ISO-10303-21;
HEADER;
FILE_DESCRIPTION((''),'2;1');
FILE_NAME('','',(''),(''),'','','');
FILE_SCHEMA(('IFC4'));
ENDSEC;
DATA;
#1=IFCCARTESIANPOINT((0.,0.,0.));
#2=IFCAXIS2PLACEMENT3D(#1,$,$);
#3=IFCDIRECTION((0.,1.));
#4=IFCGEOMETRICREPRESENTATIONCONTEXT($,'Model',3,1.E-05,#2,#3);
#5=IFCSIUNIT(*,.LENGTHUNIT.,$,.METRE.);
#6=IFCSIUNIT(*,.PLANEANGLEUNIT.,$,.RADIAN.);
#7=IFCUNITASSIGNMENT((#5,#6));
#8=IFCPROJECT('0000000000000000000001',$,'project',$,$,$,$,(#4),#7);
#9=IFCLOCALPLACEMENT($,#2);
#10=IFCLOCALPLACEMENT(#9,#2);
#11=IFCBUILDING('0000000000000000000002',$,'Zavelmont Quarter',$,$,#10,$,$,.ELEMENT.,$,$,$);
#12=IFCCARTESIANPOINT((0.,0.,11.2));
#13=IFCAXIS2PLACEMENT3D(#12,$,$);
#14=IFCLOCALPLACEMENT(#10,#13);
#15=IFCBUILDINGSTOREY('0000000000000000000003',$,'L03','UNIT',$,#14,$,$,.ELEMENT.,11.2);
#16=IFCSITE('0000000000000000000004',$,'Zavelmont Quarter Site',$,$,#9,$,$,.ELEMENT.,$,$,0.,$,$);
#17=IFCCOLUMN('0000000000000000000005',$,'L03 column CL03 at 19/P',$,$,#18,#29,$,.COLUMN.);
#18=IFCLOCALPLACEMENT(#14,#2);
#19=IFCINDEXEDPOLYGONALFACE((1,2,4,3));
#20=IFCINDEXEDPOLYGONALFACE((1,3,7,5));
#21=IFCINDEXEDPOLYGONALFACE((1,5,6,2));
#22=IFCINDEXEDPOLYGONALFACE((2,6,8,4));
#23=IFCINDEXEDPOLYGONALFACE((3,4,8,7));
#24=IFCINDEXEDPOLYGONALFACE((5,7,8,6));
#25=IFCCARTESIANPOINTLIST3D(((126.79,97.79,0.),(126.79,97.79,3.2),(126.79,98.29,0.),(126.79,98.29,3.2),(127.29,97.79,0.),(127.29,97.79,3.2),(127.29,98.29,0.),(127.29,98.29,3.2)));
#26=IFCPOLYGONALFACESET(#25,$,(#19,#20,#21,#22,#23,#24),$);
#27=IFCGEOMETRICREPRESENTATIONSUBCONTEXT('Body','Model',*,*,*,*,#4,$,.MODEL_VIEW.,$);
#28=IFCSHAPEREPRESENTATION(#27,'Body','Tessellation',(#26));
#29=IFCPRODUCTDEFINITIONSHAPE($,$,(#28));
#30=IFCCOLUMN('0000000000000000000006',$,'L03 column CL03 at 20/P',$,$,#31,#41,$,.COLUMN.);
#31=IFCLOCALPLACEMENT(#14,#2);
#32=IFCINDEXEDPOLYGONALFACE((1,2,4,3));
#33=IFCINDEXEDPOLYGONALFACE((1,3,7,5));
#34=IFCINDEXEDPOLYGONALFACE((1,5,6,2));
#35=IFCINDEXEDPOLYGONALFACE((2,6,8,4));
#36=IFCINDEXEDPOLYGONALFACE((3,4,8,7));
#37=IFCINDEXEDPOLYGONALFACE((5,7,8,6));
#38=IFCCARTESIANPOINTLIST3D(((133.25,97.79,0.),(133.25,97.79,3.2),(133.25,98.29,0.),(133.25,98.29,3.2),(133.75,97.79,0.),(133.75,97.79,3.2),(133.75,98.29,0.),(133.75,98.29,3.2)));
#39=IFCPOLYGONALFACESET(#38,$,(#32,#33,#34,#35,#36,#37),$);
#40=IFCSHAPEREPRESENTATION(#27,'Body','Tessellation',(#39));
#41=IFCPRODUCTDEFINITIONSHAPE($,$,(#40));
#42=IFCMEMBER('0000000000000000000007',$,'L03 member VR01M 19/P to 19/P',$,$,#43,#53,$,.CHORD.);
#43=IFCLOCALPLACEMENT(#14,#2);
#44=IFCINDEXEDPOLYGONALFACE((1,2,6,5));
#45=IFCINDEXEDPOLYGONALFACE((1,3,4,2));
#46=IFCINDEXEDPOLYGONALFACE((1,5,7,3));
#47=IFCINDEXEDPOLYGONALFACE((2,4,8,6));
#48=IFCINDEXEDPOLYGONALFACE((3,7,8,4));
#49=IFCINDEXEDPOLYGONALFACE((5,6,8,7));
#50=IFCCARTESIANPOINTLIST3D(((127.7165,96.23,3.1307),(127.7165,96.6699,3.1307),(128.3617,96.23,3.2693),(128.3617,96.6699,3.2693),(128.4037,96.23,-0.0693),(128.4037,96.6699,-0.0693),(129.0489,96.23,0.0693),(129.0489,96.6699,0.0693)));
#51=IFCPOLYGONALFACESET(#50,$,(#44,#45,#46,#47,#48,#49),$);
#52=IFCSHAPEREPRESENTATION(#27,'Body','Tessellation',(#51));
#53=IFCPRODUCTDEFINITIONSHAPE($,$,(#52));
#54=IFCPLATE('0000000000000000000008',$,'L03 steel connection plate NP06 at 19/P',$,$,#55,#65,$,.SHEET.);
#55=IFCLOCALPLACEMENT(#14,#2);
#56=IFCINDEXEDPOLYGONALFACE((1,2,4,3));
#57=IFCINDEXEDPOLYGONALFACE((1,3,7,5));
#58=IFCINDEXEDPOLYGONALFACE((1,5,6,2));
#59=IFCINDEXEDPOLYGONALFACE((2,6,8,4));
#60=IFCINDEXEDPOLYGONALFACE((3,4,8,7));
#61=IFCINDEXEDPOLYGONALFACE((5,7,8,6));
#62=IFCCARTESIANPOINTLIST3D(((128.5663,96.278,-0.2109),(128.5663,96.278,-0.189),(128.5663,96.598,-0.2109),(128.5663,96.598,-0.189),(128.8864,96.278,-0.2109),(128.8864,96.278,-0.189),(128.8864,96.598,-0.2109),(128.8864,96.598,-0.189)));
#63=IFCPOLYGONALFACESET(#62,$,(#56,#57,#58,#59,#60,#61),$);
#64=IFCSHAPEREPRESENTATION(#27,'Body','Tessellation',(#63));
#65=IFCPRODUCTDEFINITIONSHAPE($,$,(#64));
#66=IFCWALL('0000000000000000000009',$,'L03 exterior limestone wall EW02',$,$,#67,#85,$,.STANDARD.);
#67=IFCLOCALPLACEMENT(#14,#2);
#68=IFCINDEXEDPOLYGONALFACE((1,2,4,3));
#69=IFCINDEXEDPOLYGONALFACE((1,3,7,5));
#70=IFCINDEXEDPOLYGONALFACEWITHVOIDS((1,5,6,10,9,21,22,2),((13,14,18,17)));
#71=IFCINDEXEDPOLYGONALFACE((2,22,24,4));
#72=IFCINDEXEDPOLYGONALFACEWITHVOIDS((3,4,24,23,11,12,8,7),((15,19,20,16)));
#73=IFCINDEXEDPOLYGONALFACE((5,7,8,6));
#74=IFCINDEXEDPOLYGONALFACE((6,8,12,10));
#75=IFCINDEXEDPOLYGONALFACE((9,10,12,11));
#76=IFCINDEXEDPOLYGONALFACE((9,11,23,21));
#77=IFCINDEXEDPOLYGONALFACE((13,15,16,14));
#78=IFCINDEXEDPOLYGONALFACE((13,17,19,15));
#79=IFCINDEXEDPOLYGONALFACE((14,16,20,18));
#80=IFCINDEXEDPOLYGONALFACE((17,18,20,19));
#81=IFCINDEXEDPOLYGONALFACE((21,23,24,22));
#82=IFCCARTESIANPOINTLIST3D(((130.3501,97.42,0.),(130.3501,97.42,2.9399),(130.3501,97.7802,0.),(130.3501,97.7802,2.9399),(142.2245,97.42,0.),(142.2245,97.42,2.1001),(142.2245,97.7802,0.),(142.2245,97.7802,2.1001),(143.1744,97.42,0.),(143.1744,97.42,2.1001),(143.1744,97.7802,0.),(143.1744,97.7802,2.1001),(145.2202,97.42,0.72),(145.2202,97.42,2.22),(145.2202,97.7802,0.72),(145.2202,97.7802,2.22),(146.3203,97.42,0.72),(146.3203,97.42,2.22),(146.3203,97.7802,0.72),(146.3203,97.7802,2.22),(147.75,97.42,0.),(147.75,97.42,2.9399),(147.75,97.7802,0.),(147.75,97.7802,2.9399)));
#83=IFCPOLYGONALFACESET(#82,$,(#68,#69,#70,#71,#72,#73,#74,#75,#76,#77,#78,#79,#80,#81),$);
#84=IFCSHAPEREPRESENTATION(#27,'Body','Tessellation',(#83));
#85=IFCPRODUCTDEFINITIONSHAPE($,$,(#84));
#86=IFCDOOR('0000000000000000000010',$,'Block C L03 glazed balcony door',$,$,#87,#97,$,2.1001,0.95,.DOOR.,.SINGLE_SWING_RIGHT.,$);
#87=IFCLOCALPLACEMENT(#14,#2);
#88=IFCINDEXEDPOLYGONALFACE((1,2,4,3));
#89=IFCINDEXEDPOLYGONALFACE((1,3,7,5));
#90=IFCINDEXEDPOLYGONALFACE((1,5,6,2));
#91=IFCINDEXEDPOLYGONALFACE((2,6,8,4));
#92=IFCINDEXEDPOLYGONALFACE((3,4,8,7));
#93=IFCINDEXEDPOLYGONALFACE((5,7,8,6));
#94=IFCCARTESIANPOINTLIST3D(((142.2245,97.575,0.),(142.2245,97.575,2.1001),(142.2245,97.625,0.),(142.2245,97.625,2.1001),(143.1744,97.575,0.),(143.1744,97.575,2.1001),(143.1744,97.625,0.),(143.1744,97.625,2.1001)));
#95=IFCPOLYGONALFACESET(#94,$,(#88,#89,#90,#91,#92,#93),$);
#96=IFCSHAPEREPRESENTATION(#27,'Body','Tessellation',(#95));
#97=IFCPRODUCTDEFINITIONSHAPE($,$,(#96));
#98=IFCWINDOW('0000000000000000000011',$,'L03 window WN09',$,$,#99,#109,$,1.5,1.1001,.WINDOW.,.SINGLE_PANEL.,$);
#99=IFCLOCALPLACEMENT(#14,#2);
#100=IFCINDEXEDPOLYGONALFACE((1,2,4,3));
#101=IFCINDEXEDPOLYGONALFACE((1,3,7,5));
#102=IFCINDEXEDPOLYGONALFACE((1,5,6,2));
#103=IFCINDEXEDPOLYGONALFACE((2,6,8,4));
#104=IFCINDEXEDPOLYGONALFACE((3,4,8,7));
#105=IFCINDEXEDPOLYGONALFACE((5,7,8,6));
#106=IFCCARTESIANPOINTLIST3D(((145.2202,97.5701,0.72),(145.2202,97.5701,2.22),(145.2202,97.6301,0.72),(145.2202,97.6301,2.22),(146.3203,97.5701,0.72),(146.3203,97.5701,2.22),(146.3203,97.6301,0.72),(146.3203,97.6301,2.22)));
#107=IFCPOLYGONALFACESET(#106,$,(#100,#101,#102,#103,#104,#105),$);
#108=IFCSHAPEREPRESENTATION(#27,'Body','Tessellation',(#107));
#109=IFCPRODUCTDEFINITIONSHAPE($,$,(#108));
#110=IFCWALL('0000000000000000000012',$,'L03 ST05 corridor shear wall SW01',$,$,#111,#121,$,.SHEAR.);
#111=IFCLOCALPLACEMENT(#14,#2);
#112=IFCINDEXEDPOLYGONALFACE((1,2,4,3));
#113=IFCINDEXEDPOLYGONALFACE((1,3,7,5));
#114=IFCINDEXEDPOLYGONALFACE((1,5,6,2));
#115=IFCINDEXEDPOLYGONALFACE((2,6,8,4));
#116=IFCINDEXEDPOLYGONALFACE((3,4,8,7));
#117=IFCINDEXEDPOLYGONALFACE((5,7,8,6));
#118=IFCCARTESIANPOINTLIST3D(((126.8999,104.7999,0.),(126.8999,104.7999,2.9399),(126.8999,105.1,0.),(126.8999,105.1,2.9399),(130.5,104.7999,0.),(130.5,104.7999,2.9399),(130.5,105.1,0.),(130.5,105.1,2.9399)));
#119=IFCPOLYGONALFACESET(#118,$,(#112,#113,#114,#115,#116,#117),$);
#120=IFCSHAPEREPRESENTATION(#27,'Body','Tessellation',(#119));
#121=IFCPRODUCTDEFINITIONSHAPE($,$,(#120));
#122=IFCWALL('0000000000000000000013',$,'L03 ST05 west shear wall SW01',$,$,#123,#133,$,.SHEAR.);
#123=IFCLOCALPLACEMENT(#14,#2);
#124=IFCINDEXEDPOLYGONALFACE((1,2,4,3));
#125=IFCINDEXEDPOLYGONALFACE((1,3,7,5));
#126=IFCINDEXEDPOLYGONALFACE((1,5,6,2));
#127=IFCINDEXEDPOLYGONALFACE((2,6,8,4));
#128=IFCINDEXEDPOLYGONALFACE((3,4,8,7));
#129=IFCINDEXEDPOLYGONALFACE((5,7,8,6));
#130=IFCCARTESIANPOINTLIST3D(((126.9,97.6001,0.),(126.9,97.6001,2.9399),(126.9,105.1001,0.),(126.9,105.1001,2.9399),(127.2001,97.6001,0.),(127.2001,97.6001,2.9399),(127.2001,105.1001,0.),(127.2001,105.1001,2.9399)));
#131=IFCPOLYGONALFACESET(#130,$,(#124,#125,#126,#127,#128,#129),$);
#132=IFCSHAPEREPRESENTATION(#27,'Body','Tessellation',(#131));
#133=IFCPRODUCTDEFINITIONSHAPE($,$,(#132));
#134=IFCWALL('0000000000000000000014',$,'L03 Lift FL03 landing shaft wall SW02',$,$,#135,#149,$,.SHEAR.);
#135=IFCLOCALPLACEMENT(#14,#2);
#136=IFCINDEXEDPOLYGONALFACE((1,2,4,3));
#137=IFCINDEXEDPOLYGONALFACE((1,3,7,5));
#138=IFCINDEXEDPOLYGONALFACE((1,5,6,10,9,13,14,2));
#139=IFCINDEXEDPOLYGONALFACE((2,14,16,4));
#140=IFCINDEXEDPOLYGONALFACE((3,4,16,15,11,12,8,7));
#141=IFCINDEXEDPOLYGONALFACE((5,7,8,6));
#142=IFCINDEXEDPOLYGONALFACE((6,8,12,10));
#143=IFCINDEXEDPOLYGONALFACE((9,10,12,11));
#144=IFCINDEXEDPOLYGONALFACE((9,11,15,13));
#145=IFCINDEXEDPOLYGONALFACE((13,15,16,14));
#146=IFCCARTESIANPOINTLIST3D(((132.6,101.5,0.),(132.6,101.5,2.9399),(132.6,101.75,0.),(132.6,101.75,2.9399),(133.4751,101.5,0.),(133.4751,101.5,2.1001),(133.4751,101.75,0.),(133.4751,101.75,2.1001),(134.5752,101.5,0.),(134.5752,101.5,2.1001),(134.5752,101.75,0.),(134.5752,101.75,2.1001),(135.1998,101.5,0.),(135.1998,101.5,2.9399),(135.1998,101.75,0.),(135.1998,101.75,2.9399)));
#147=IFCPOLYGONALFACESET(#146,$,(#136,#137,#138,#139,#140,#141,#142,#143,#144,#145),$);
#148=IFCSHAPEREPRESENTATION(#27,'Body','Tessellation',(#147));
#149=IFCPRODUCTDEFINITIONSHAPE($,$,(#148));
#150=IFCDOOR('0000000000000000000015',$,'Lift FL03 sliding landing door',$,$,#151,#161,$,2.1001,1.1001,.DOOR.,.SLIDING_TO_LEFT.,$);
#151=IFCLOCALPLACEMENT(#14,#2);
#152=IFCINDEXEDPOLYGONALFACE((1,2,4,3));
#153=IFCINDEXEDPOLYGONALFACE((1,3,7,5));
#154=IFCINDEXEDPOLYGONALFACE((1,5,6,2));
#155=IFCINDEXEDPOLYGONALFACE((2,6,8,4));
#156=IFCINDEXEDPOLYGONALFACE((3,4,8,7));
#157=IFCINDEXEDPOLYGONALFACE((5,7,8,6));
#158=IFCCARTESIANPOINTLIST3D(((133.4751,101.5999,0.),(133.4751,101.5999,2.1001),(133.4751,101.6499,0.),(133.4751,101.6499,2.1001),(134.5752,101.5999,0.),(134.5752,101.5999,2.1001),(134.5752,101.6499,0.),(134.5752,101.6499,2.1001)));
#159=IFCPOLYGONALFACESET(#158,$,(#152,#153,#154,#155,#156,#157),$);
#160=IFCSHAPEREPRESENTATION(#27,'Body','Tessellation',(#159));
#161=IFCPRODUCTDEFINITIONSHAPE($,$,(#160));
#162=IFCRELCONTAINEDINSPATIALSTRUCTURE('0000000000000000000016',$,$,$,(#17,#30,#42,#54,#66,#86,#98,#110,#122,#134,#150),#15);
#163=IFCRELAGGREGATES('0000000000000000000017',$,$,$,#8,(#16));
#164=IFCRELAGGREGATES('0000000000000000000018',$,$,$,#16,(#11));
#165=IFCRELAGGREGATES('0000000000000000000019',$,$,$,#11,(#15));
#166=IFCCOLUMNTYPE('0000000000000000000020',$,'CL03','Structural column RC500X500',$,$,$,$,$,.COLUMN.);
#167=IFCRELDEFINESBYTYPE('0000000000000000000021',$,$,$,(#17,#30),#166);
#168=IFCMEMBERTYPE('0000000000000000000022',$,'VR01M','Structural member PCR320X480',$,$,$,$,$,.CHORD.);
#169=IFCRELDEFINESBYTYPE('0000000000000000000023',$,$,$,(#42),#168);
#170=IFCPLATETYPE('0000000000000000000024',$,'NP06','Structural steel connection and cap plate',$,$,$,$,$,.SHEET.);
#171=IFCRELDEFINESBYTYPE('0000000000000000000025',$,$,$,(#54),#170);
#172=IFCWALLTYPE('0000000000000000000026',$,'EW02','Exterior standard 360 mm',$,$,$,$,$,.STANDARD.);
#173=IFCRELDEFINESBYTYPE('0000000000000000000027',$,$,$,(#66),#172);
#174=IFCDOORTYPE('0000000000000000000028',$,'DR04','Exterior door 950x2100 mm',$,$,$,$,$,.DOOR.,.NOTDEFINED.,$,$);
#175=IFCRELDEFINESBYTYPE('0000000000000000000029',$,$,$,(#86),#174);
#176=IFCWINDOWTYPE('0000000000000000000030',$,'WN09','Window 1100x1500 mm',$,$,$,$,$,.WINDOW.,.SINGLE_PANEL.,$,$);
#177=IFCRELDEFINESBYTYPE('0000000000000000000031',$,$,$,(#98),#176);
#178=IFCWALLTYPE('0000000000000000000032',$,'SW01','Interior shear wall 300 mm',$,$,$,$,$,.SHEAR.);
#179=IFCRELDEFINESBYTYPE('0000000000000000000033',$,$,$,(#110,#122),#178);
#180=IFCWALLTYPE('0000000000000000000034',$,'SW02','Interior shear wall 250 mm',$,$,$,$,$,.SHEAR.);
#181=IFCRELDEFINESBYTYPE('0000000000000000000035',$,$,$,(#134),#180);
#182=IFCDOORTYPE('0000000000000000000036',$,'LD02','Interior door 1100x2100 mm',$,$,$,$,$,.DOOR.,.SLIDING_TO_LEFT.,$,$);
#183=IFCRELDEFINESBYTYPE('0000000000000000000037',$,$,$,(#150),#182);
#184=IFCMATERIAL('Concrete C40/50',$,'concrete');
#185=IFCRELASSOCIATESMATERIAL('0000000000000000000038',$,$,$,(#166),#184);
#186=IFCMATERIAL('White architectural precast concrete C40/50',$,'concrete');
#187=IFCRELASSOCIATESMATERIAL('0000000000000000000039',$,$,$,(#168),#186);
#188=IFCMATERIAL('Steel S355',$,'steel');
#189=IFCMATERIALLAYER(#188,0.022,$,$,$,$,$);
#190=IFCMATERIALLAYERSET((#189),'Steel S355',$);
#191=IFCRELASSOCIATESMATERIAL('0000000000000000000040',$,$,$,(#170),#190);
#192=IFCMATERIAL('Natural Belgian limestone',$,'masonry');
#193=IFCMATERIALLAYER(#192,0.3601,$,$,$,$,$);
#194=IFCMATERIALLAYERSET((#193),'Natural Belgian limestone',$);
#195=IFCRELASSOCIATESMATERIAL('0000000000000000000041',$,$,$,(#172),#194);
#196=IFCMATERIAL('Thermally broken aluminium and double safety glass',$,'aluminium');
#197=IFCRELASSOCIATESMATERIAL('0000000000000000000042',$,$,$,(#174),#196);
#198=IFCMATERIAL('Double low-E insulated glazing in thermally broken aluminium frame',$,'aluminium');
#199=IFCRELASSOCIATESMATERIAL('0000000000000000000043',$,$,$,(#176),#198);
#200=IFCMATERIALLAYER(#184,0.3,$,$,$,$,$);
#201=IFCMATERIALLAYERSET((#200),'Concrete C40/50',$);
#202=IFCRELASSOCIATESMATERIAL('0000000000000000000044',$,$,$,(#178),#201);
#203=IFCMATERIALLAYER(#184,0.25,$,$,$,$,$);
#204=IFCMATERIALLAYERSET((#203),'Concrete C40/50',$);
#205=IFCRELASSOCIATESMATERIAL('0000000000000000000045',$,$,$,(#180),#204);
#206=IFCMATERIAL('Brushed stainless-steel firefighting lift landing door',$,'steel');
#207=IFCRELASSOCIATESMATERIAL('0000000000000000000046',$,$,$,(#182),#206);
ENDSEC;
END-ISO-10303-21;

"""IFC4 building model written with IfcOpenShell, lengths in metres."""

from ifc_helpers import new_model, si_unit, direction, frame, frame_2d, origin, origin_with_axes, origin_2d, place, context, subcontext, project, spatial, rectangle, extrude, material, layer, layer_set, material_profile, profile_set, type_object, element, fill, save


model = new_model("IFC4")

# Units and contexts
model_context = context("Model", 3, precision=1e-05, world=origin(), true_north=direction((0.0, 1.0)))
body_context = subcontext(model_context, "Body", "Model", "MODEL_VIEW")
ifc_project = project(units=[si_unit("LENGTHUNIT", "METRE"), si_unit("PLANEANGLEUNIT", "RADIAN")], contexts=[model_context])

# Site, building, storey
site_placement = place(None, origin())
site = spatial("IfcSite", under=ifc_project, at=site_placement, Name="Zavelmont Quarter Site", CompositionType="ELEMENT", RefElevation=0.0)
building_placement = place(site_placement, origin())
building = spatial("IfcBuilding", under=site, at=building_placement, Name="Zavelmont Quarter", CompositionType="ELEMENT")
storey_placement = place(building_placement, frame((0.0, 0.0, 11.2)))
storey = spatial("IfcBuildingStorey", under=building, at=storey_placement, Name="L03", Description="UNIT", CompositionType="ELEMENT", Elevation=11.2)

# Columns
ifc_material_1 = material(Name="Concrete C40/50", Category="concrete")
ifc_material_profile_1 = material_profile(ifc_material_1, rectangle(XDim=0.5, YDim=0.5, at=origin_2d()), Name="RC500X500")
ifc_profile_set_1 = profile_set([ifc_material_profile_1], Name="Concrete C40/50")
column_type = type_object("IfcColumnType", Name="CL03", Description="Structural column RC500X500", PredefinedType="COLUMN", material=ifc_profile_set_1)
for number, where, z_axis, x_axis, name in (
    (1, (127.04, 98.04, 0.0), (0.0, 0.0, 1.0), (1.0, 0.0, 0.0), "L03 column CL03 at 19/P"),
    (2, (133.5, 98.04, 0.0), (0.0, 0.0, 1.0), (1.0, 0.0, 0.0), "L03 column CL03 at 20/P"),
):
    element("IfcColumn", number, at=place(storey_placement, frame(where, z_axis=z_axis, x_axis=x_axis)), inside=storey, type_object=column_type, Name=name, PredefinedType="COLUMN", context=body_context, shape_type="SweptSolid", body=[
        extrude(rectangle(XDim=0.5, YDim=0.5, at=origin_2d()), origin(), (0.0, 0.0, 1.0), 3.2),
    ])

# Member
ifc_material_2 = material(Name="White architectural precast concrete C40/50", Category="concrete")
ifc_material_profile_2 = material_profile(ifc_material_2, rectangle(XDim=0.4399, YDim=0.6599, at=origin_2d()), Name="PCR320X480")
ifc_profile_set_2 = profile_set([ifc_material_profile_2], Name="White architectural precast concrete C40/50")
member_type = type_object("IfcMemberType", Name="VR01M", Description="Structural member PCR320X480", PredefinedType="CHORD", material=ifc_profile_set_2)
member_placement = place(storey_placement, frame((128.7263, 96.45, 0.0), z_axis=(-0.209982, 0.0, 0.977705), x_axis=(0.0, -1.0, 0.0)))
element("IfcMember", 3, at=member_placement, inside=storey, type_object=member_type, Name="L03 member VR01M 19/P to 19/P", PredefinedType="CHORD", context=body_context, shape_type="SweptSolid", body=[
    extrude(rectangle(XDim=0.4399, YDim=0.6599, at=origin_2d()), origin(), (0.0, 0.0, 1.0), 3.2729),
])

# Plate
ifc_material_3 = material(Name="Steel S355", Category="steel")
ifc_layer_1 = layer(ifc_material_3, 0.022)
ifc_layer_set_1 = layer_set([ifc_layer_1], Name="Steel S355")
plate_type = type_object("IfcPlateType", Name="NP06", Description="Structural steel connection and cap plate", PredefinedType="SHEET", material=ifc_layer_set_1)
plate_placement = place(storey_placement, frame((128.7263, 96.438, -0.2109), z_axis=(0.0, 0.0, 1.0), x_axis=(1.0, 0.0, 0.0)))
element("IfcPlate", 4, at=plate_placement, inside=storey, type_object=plate_type, Name="L03 steel connection plate NP06 at 19/P", PredefinedType="SHEET", context=body_context, shape_type="SweptSolid", body=[
    extrude(rectangle(XDim=0.3201, YDim=0.3201, at=origin_2d()), origin(), (0.0, 0.0, 1.0), 0.022),
])

# Wall, openings, door, window
ifc_material_4 = material(Name="Natural Belgian limestone", Category="masonry")
ifc_layer_2 = layer(ifc_material_4, 0.3601)
ifc_layer_set_2 = layer_set([ifc_layer_2], Name="Natural Belgian limestone")
wall_type_1 = type_object("IfcWallType", Name="EW02", Description="Exterior standard 360 mm", PredefinedType="STANDARD", material=ifc_layer_set_2)
wall_1_placement = place(storey_placement, frame((130.3501, 97.6001, 0.0), z_axis=(0.0, 0.0, 1.0), x_axis=(1.0, 0.0, 0.0)))
wall_1 = element("IfcWall", 5, at=wall_1_placement, inside=storey, type_object=wall_type_1, Name="L03 exterior limestone wall EW02", PredefinedType="STANDARD", context=body_context, shape_type="SweptSolid", body=[
    extrude(rectangle(XDim=17.3999, YDim=0.3601, at=frame_2d((8.7, 0.0))), origin(), (0.0, 0.0, 1.0), 2.9399),
])
opening_1_placement = place(wall_1_placement, frame((11.8743, 0.0, 0.0)))
opening_1 = element("IfcOpeningElement", 6, at=opening_1_placement, cuts=wall_1, PredefinedType="OPENING", context=body_context, shape_type="SweptSolid", body=[
    extrude(rectangle(XDim=0.95, YDim=2.1001, at=frame_2d((0.4751, 1.05))), frame((0.0, 0.1919, 0.0), z_axis=(0.0, -1.0, 0.0), x_axis=(1.0, 0.0, 0.0)), (0.0, 0.0, 1.0), 0.384),
])
opening_2_placement = place(wall_1_placement, frame((14.8701, 0.0, 0.72)))
opening_2 = element("IfcOpeningElement", 7, at=opening_2_placement, cuts=wall_1, PredefinedType="OPENING", context=body_context, shape_type="SweptSolid", body=[
    extrude(rectangle(XDim=1.1001, YDim=1.5, at=frame_2d((0.55, 0.75))), frame((0.0, 0.1919, 0.0), z_axis=(0.0, -1.0, 0.0), x_axis=(1.0, 0.0, 0.0)), (0.0, 0.0, 1.0), 0.384),
])
ifc_material_5 = material(Name="Thermally broken aluminium and double safety glass", Category="aluminium")
door_type_1 = type_object("IfcDoorType", Name="DR04", Description="Exterior door 950x2100 mm", OperationType="NOTDEFINED", PredefinedType="DOOR", material=ifc_material_5)
door_1_placement = place(opening_1_placement, origin_with_axes())
door_1 = element("IfcDoor", 8, at=door_1_placement, inside=storey, type_object=door_type_1, Name="Block C L03 glazed balcony door", OperationType="SINGLE_SWING_RIGHT", OverallHeight=2.1001, OverallWidth=0.95, PredefinedType="DOOR", context=body_context, shape_type="SweptSolid", body=[
    extrude(rectangle(XDim=0.95, YDim=2.1001, at=frame_2d((0.4751, 1.05))), frame((0.0, 0.0249, 0.0), z_axis=(0.0, -1.0, 0.0), x_axis=(1.0, 0.0, 0.0)), (0.0, 0.0, 1.0), 0.05),
])
fill(opening_1, door_1)
ifc_material_6 = material(Name="Double low-E insulated glazing in thermally broken aluminium frame", Category="aluminium")
window_type = type_object("IfcWindowType", Name="WN09", Description="Window 1100x1500 mm", PartitioningType="SINGLE_PANEL", PredefinedType="WINDOW", material=ifc_material_6)
window_placement = place(opening_2_placement, origin_with_axes())
window = element("IfcWindow", 9, at=window_placement, inside=storey, type_object=window_type, Name="L03 window WN09", OverallHeight=1.5, OverallWidth=1.1001, PartitioningType="SINGLE_PANEL", PredefinedType="WINDOW", context=body_context, shape_type="SweptSolid", body=[
    extrude(rectangle(XDim=1.1001, YDim=1.5, at=frame_2d((0.55, 0.75))), frame((0.0, 0.03, 0.0), z_axis=(0.0, -1.0, 0.0), x_axis=(1.0, 0.0, 0.0)), (0.0, 0.0, 1.0), 0.0601),
])
fill(opening_2, window)

# Walls
ifc_layer_3 = layer(ifc_material_1, 0.3)
ifc_layer_set_3 = layer_set([ifc_layer_3], Name="Concrete C40/50")
wall_type_2 = type_object("IfcWallType", Name="SW01", Description="Interior shear wall 300 mm", PredefinedType="SHEAR", material=ifc_layer_set_3)
wall_2_placement = place(storey_placement, frame((126.8999, 104.95, 0.0), z_axis=(0.0, 0.0, 1.0), x_axis=(1.0, 0.0, 0.0)))
element("IfcWall", 10, at=wall_2_placement, inside=storey, type_object=wall_type_2, Name="L03 ST05 corridor shear wall SW01", PredefinedType="SHEAR", context=body_context, shape_type="SweptSolid", body=[
    extrude(rectangle(XDim=3.6001, YDim=0.3, at=frame_2d((1.8, 0.0))), origin(), (0.0, 0.0, 1.0), 2.9399),
])
wall_3_placement = place(storey_placement, frame((127.05, 97.6001, 0.0), z_axis=(0.0, 0.0, 1.0), x_axis=(0.0, 1.0, 0.0)))
element("IfcWall", 11, at=wall_3_placement, inside=storey, type_object=wall_type_2, Name="L03 ST05 west shear wall SW01", PredefinedType="SHEAR", context=body_context, shape_type="SweptSolid", body=[
    extrude(rectangle(XDim=7.5, YDim=0.3, at=frame_2d((3.75, 0.0))), origin(), (0.0, 0.0, 1.0), 2.9399),
])

# Wall, opening, door
ifc_layer_4 = layer(ifc_material_1, 0.25)
ifc_layer_set_4 = layer_set([ifc_layer_4], Name="Concrete C40/50")
wall_type_3 = type_object("IfcWallType", Name="SW02", Description="Interior shear wall 250 mm", PredefinedType="SHEAR", material=ifc_layer_set_4)
wall_4_placement = place(storey_placement, frame((132.6001, 101.625, 0.0), z_axis=(0.0, 0.0, 1.0), x_axis=(1.0, 0.0, 0.0)))
wall_4 = element("IfcWall", 12, at=wall_4_placement, inside=storey, type_object=wall_type_3, Name="L03 Lift FL03 landing shaft wall SW02", PredefinedType="SHEAR", context=body_context, shape_type="SweptSolid", body=[
    extrude(rectangle(XDim=2.5999, YDim=0.25, at=frame_2d((1.2998, 0.0))), origin(), (0.0, 0.0, 1.0), 2.9399),
])
opening_3_placement = place(wall_4_placement, frame((0.875, 0.0, 0.0)))
opening_3 = element("IfcOpeningElement", 13, at=opening_3_placement, cuts=wall_4, PredefinedType="OPENING", context=body_context, shape_type="SweptSolid", body=[
    extrude(rectangle(XDim=1.1001, YDim=2.1001, at=frame_2d((0.55, 1.05))), frame((0.0, 0.137, 0.0), z_axis=(0.0, -1.0, 0.0), x_axis=(1.0, 0.0, 0.0)), (0.0, 0.0, 1.0), 0.2739),
])
ifc_material_7 = material(Name="Brushed stainless-steel firefighting lift landing door", Category="steel")
door_type_2 = type_object("IfcDoorType", Name="LD02", Description="Interior door 1100x2100 mm", OperationType="SLIDING_TO_LEFT", PredefinedType="DOOR", material=ifc_material_7)
door_2_placement = place(opening_3_placement, origin_with_axes())
door_2 = element("IfcDoor", 14, at=door_2_placement, inside=storey, type_object=door_type_2, Name="Lift FL03 sliding landing door", OperationType="SLIDING_TO_LEFT", OverallHeight=2.1001, OverallWidth=1.1001, PredefinedType="DOOR", context=body_context, shape_type="SweptSolid", body=[
    extrude(rectangle(XDim=1.1001, YDim=2.1001, at=frame_2d((0.55, 1.05))), frame((0.0, 0.0249, 0.0), z_axis=(0.0, -1.0, 0.0), x_axis=(1.0, 0.0, 0.0)), (0.0, 0.0, 1.0), 0.05),
])
fill(opening_3, door_2)

save(model, "model.ifc")
